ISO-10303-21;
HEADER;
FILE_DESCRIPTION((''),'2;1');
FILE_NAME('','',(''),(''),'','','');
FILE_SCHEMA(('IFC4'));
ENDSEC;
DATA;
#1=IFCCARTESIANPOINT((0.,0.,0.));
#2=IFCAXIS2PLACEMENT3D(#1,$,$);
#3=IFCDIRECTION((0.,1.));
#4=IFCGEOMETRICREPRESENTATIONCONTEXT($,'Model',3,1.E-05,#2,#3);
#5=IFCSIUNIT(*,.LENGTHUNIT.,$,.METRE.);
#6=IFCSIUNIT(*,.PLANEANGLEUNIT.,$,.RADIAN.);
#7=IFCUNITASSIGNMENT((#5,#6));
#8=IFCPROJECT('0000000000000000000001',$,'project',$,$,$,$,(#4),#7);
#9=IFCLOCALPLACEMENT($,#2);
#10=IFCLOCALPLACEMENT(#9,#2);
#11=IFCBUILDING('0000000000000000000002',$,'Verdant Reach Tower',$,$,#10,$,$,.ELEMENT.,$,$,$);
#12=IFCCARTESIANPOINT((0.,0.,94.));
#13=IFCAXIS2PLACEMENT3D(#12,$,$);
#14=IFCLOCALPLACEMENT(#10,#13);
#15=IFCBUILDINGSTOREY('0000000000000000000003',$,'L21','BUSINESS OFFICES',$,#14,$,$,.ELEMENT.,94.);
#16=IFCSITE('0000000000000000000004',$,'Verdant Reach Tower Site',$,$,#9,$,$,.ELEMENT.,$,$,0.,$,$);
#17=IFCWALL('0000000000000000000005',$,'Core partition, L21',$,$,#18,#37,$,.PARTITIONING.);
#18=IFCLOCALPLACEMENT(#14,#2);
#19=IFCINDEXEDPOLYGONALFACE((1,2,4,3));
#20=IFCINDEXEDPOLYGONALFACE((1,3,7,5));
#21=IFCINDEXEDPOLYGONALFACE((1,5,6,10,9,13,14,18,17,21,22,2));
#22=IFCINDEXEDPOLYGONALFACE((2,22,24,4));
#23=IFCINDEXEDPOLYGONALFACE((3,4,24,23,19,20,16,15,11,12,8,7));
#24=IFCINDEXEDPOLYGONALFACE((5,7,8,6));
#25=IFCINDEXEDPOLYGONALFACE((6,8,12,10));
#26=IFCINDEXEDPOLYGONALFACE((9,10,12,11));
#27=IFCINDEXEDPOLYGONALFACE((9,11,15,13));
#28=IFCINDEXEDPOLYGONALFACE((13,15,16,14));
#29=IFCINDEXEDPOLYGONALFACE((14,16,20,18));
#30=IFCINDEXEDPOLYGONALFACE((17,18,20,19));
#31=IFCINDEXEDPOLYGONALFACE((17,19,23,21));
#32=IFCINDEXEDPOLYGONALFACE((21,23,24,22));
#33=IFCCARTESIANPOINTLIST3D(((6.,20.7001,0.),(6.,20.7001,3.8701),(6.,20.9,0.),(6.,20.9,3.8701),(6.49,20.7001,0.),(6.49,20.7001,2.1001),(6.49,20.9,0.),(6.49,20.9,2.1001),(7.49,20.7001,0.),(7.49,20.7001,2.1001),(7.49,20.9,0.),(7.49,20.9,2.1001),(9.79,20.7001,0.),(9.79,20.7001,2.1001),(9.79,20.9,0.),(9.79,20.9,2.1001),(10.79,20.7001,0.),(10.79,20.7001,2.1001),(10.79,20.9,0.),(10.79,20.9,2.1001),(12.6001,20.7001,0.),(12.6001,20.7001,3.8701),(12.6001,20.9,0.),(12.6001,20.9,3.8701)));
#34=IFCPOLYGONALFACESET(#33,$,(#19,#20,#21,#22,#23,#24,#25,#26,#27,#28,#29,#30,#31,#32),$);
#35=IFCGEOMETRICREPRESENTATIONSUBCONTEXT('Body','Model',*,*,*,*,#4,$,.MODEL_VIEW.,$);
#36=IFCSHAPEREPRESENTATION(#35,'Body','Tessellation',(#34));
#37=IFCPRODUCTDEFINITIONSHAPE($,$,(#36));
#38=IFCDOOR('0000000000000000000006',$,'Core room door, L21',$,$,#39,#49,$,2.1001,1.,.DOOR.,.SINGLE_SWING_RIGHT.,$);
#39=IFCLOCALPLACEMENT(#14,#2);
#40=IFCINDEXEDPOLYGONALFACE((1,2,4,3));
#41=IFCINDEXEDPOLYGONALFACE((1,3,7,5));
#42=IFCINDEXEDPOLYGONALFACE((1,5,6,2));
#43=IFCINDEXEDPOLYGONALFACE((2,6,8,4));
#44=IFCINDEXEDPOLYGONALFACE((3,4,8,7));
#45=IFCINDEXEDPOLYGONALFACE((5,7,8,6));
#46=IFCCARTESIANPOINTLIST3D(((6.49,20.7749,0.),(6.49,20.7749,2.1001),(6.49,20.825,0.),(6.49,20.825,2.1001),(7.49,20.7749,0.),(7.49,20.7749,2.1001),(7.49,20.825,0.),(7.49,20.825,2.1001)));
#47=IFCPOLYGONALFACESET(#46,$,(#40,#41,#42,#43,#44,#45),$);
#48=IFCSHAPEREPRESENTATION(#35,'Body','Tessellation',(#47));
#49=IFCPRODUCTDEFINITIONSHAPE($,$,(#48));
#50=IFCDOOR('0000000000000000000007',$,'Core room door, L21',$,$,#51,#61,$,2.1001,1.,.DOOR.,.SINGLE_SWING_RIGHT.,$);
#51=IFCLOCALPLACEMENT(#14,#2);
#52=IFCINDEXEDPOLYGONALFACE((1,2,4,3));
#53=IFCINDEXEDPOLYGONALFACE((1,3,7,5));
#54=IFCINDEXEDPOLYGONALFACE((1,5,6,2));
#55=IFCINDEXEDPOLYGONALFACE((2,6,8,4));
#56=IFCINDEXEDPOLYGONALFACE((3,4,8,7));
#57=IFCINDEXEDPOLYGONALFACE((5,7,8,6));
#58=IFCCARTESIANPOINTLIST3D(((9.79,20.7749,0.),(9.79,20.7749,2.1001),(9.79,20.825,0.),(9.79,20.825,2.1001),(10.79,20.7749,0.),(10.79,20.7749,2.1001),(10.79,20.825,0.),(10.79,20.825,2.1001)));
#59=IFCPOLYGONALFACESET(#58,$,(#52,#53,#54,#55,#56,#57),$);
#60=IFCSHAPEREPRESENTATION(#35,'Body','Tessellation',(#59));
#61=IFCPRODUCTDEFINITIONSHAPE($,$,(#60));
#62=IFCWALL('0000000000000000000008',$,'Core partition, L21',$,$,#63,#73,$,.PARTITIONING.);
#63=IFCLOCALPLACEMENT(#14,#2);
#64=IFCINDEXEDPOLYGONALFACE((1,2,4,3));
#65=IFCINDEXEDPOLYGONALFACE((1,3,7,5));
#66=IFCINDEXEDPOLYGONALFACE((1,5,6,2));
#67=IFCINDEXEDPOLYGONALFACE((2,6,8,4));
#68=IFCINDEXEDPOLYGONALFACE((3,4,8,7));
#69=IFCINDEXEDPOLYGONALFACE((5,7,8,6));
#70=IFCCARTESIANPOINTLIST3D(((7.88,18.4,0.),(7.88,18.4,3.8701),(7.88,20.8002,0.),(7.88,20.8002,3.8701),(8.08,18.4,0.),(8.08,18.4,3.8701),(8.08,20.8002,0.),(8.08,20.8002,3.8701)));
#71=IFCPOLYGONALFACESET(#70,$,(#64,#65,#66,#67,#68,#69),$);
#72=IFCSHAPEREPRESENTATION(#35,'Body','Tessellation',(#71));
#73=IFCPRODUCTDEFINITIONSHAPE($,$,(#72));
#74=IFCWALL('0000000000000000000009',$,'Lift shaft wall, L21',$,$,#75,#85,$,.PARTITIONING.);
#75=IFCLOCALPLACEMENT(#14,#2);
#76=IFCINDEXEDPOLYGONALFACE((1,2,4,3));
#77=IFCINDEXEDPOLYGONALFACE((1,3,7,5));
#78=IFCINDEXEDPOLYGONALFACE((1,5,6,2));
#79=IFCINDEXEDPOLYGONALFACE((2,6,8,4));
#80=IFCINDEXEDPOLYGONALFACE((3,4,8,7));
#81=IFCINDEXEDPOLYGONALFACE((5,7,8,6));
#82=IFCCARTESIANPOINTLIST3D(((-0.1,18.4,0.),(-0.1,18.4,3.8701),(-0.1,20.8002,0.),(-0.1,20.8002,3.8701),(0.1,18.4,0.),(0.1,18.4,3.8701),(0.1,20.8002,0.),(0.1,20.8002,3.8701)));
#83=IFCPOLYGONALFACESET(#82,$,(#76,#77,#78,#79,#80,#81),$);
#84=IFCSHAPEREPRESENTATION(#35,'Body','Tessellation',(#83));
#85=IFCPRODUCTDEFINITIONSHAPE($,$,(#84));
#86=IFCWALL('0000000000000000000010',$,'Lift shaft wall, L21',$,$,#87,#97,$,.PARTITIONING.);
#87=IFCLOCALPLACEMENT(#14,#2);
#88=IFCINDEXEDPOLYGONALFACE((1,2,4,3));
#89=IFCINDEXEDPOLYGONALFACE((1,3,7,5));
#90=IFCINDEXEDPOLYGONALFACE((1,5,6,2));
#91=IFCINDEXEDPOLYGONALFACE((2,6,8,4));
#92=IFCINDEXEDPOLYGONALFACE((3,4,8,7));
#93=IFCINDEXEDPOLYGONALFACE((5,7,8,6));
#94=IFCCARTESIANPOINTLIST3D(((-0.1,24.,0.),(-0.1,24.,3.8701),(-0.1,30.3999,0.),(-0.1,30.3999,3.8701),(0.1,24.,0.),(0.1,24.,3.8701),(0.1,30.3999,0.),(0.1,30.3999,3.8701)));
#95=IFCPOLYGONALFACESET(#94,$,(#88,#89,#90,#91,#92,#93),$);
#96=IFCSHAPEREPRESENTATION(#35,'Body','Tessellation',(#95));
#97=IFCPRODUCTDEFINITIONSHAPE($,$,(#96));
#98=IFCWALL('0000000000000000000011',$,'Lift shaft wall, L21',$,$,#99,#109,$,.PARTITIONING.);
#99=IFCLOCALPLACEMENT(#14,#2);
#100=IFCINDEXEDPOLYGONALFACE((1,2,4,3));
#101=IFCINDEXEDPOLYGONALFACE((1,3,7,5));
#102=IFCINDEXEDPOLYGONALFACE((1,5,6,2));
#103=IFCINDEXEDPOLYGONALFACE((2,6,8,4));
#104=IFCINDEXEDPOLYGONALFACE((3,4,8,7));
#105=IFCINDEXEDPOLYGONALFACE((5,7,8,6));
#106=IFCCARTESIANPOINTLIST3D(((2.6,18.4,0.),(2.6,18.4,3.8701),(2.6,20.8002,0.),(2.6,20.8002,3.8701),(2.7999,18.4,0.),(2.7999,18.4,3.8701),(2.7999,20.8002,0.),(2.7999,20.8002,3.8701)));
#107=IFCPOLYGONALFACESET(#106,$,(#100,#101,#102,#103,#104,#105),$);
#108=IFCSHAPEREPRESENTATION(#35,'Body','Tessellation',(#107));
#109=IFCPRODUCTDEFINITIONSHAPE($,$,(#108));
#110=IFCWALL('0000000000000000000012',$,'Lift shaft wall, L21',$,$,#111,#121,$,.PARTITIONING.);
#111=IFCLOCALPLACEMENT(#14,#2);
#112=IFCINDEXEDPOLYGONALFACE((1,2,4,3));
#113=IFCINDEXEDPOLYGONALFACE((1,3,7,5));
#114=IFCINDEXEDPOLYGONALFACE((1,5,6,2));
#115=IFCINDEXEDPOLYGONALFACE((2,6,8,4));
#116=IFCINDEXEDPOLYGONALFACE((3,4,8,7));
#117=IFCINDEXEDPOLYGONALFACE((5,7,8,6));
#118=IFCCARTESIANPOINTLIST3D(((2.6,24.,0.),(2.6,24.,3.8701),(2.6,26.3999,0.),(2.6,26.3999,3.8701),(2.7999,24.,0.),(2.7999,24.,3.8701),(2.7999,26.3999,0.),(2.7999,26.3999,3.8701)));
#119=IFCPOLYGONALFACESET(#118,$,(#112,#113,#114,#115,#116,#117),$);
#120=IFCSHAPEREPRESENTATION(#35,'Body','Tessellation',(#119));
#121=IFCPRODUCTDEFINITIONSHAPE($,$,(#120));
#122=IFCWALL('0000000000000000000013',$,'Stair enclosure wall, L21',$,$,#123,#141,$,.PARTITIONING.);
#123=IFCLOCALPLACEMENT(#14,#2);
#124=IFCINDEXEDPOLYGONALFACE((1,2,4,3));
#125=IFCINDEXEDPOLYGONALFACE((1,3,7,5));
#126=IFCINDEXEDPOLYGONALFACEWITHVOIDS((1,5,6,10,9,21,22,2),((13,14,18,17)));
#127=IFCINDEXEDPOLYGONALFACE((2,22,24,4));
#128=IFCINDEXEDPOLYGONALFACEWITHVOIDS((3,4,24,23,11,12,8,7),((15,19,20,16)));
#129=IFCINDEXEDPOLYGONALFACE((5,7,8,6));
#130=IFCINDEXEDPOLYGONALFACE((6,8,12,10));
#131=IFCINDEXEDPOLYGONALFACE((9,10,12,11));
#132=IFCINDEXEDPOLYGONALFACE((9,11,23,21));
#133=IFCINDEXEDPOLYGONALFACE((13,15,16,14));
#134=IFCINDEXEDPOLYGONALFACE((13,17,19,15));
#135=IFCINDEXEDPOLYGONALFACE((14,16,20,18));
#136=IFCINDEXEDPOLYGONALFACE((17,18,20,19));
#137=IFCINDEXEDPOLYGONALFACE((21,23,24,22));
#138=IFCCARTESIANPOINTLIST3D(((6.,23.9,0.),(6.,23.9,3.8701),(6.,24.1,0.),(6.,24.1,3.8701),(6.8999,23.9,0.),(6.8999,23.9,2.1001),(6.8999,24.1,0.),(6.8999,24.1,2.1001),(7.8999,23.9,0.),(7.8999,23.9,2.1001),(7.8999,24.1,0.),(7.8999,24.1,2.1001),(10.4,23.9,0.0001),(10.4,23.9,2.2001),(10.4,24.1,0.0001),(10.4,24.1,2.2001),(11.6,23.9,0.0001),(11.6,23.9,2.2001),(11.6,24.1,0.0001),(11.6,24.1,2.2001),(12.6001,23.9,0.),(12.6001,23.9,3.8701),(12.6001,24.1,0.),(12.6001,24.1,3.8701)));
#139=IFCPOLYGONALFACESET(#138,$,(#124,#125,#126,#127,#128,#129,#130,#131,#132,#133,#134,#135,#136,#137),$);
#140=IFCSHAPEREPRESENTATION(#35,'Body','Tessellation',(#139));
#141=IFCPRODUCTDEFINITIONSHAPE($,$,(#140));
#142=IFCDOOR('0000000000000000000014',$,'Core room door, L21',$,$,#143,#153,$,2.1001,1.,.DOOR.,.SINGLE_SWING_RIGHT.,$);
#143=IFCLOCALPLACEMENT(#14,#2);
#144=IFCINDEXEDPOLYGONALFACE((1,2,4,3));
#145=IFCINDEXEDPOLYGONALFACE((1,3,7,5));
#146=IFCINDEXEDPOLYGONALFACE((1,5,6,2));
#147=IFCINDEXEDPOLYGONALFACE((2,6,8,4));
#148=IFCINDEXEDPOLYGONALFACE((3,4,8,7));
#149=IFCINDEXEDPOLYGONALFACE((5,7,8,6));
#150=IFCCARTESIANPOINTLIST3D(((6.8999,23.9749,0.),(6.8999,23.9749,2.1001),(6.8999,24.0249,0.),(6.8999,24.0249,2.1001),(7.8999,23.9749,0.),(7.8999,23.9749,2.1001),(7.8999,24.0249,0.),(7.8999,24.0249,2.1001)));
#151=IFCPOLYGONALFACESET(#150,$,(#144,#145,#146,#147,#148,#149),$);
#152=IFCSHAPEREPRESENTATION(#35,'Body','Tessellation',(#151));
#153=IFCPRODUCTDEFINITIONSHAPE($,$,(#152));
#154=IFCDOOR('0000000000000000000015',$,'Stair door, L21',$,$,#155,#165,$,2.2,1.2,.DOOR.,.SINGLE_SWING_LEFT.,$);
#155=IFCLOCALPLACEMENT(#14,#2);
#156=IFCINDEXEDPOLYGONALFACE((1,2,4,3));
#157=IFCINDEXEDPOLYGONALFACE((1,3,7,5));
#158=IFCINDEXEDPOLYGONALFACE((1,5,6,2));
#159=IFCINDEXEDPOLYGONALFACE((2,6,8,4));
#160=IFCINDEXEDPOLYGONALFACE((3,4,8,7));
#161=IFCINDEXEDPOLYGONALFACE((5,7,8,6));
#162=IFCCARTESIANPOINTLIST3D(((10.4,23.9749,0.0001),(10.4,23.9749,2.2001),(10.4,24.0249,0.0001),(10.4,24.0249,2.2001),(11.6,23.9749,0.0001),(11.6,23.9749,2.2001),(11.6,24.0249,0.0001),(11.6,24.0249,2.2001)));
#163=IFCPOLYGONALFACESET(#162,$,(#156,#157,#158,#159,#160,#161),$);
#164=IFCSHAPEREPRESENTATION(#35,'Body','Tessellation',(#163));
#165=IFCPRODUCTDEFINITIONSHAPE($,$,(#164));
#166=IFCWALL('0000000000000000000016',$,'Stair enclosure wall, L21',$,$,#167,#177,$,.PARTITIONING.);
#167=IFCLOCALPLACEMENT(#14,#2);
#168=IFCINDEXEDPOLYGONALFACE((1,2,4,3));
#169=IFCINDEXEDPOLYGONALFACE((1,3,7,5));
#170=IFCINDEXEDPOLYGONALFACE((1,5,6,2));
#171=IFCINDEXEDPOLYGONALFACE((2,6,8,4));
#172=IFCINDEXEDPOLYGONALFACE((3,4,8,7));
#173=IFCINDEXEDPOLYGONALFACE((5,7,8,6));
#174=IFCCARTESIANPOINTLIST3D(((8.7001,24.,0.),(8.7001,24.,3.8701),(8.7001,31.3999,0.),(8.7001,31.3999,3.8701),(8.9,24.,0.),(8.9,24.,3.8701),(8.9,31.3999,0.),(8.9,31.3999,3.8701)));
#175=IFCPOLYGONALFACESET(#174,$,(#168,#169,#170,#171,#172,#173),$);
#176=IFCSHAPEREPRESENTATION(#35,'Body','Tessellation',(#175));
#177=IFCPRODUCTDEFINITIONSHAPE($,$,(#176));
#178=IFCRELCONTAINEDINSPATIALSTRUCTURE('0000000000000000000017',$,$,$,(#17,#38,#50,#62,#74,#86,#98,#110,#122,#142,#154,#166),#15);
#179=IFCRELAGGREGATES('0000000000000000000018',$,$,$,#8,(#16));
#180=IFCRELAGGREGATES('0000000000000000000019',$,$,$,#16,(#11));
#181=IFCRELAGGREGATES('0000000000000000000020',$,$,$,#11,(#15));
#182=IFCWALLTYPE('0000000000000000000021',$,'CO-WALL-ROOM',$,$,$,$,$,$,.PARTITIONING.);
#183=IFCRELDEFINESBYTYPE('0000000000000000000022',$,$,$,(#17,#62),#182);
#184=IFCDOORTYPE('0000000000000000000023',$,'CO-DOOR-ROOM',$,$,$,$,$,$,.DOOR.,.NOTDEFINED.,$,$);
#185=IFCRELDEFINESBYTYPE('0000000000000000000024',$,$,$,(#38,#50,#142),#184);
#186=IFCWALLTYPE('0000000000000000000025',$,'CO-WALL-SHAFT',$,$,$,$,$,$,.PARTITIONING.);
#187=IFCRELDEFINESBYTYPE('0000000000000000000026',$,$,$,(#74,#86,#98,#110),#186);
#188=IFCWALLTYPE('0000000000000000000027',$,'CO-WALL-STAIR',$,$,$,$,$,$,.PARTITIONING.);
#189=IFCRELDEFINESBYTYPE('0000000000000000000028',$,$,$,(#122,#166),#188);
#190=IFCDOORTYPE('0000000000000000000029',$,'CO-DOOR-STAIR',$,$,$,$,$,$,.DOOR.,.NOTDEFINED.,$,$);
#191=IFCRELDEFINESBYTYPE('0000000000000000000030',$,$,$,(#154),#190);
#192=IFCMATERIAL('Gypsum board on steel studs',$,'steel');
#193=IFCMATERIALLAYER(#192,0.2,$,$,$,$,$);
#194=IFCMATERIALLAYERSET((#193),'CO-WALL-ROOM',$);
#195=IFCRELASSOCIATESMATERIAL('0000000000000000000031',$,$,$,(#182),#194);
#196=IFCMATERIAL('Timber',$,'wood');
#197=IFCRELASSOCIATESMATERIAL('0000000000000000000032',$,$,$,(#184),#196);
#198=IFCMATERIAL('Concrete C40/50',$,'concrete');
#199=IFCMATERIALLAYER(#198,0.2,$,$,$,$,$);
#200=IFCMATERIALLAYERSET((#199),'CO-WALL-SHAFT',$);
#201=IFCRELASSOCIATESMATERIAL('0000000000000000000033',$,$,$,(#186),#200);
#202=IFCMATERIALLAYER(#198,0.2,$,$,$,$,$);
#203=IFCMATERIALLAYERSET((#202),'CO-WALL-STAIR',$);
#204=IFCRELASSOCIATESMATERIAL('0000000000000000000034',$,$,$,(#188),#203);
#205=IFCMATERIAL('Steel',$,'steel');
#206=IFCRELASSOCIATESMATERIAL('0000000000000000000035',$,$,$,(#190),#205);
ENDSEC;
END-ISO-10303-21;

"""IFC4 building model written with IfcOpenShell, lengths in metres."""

from ifc_helpers import new_model, si_unit, direction, frame, frame_2d, origin, place, context, subcontext, project, spatial, rectangle, extrude, material, layer, layer_set, type_object, element, fill, save


model = new_model("IFC4")

# Units and contexts
model_context = context("Model", 3, precision=1e-05, world=origin(), true_north=direction((0.0, 1.0)))
body_context = subcontext(model_context, "Body", "Model", "MODEL_VIEW")
ifc_project = project(units=[si_unit("LENGTHUNIT", "METRE"), si_unit("PLANEANGLEUNIT", "RADIAN")], contexts=[model_context])

# Site, building, storey
site_placement = place(None, origin())
site = spatial("IfcSite", under=ifc_project, at=site_placement, Name="Verdant Reach Tower Site", CompositionType="ELEMENT", RefElevation=0.0)
building_placement = place(site_placement, origin())
building = spatial("IfcBuilding", under=site, at=building_placement, Name="Verdant Reach Tower", CompositionType="ELEMENT")
storey_placement = place(building_placement, frame((0.0, 0.0, 94.0)))
storey = spatial("IfcBuildingStorey", under=building, at=storey_placement, Name="L21", Description="BUSINESS OFFICES", CompositionType="ELEMENT", Elevation=94.0)

# Wall, openings, doors
ifc_material_1 = material(Name="Gypsum board on steel studs", Category="steel")
ifc_layer_1 = layer(ifc_material_1, 0.2)
ifc_layer_set_1 = layer_set([ifc_layer_1], Name="CO-WALL-ROOM")
wall_type_1 = type_object("IfcWallType", Name="CO-WALL-ROOM", PredefinedType="PARTITIONING", material=ifc_layer_set_1)
wall_1_placement = place(storey_placement, frame((6.0, 20.8, 0.0), z_axis=(0.0, 0.0, 1.0), x_axis=(1.0, 0.0, 0.0)))
wall_1 = element("IfcWall", 1, at=wall_1_placement, inside=storey, type_object=wall_type_1, Name="Core partition, L21", PredefinedType="PARTITIONING", context=body_context, shape_type="SweptSolid", body=[
    extrude(rectangle(XDim=6.6001, YDim=0.2, at=frame_2d((3.3, 0.0))), origin(), (0.0, 0.0, 1.0), 3.8701),
])
opening_1_placement = place(wall_1_placement, frame((0.49, 0.0, 0.0)))
opening_1 = element("IfcOpeningElement", 2, at=opening_1_placement, cuts=wall_1, PredefinedType="OPENING", context=body_context, shape_type="SweptSolid", body=[
    extrude(rectangle(XDim=1.0, YDim=2.1001, at=frame_2d((0.5, 1.05))), frame((0.0, 0.1099, 0.0), z_axis=(0.0, -1.0, 0.0), x_axis=(1.0, 0.0, 0.0)), (0.0, 0.0, 1.0), 0.22),
])
opening_2_placement = place(wall_1_placement, frame((3.79, 0.0, 0.0)))
opening_2 = element("IfcOpeningElement", 3, at=opening_2_placement, cuts=wall_1, PredefinedType="OPENING", context=body_context, shape_type="SweptSolid", body=[
    extrude(rectangle(XDim=1.0, YDim=2.1001, at=frame_2d((0.5, 1.05))), frame((0.0, 0.1099, 0.0), z_axis=(0.0, -1.0, 0.0), x_axis=(1.0, 0.0, 0.0)), (0.0, 0.0, 1.0), 0.22),
])
ifc_material_2 = material(Name="Timber", Category="wood")
door_type_1 = type_object("IfcDoorType", Name="CO-DOOR-ROOM", OperationType="NOTDEFINED", PredefinedType="DOOR", material=ifc_material_2)
door_1_placement = place(opening_1_placement, origin())
door_1 = element("IfcDoor", 4, at=door_1_placement, inside=storey, type_object=door_type_1, Name="Core room door, L21", OperationType="SINGLE_SWING_RIGHT", OverallHeight=2.1001, OverallWidth=1.0, PredefinedType="DOOR", context=body_context, shape_type="SweptSolid", body=[
    extrude(rectangle(XDim=1.0, YDim=2.1001, at=frame_2d((0.5, 1.05))), frame((0.0, 0.0249, 0.0), z_axis=(0.0, -1.0, 0.0), x_axis=(1.0, 0.0, 0.0)), (0.0, 0.0, 1.0), 0.05),
])
fill(opening_1, door_1)
door_2_placement = place(opening_2_placement, origin())
door_2 = element("IfcDoor", 5, at=door_2_placement, inside=storey, type_object=door_type_1, Name="Core room door, L21", OperationType="SINGLE_SWING_RIGHT", OverallHeight=2.1001, OverallWidth=1.0, PredefinedType="DOOR", context=body_context, shape_type="SweptSolid", body=[
    extrude(rectangle(XDim=1.0, YDim=2.1001, at=frame_2d((0.5, 1.05))), frame((0.0, 0.0249, 0.0), z_axis=(0.0, -1.0, 0.0), x_axis=(1.0, 0.0, 0.0)), (0.0, 0.0, 1.0), 0.05),
])
fill(opening_2, door_2)

# Walls
wall_2_placement = place(storey_placement, frame((7.98, 18.3999, 0.0), z_axis=(0.0, 0.0, 1.0), x_axis=(0.0, 1.0, 0.0)))
element("IfcWall", 6, at=wall_2_placement, inside=storey, type_object=wall_type_1, Name="Core partition, L21", PredefinedType="PARTITIONING", context=body_context, shape_type="SweptSolid", body=[
    extrude(rectangle(XDim=2.4001, YDim=0.2, at=frame_2d((1.2002, 0.0))), origin(), (0.0, 0.0, 1.0), 3.8701),
])
ifc_material_3 = material(Name="Concrete C40/50", Category="concrete")
ifc_layer_2 = layer(ifc_material_3, 0.2)
ifc_layer_set_2 = layer_set([ifc_layer_2], Name="CO-WALL-SHAFT")
wall_type_2 = type_object("IfcWallType", Name="CO-WALL-SHAFT", PredefinedType="PARTITIONING", material=ifc_layer_set_2)
wall_3_placement = place(storey_placement, frame((0.0, 18.3999, 0.0), z_axis=(0.0, 0.0, 1.0), x_axis=(0.0, 1.0, 0.0)))
element("IfcWall", 7, at=wall_3_placement, inside=storey, type_object=wall_type_2, Name="Lift shaft wall, L21", PredefinedType="PARTITIONING", context=body_context, shape_type="SweptSolid", body=[
    extrude(rectangle(XDim=2.4001, YDim=0.2, at=frame_2d((1.2002, 0.0))), origin(), (0.0, 0.0, 1.0), 3.8701),
])
wall_4_placement = place(storey_placement, frame((0.0, 24.0, 0.0), z_axis=(0.0, 0.0, 1.0), x_axis=(0.0, 1.0, 0.0)))
element("IfcWall", 8, at=wall_4_placement, inside=storey, type_object=wall_type_2, Name="Lift shaft wall, L21", PredefinedType="PARTITIONING", context=body_context, shape_type="SweptSolid", body=[
    extrude(rectangle(XDim=6.3999, YDim=0.2, at=frame_2d((3.2, 0.0))), origin(), (0.0, 0.0, 1.0), 3.8701),
])
wall_5_placement = place(storey_placement, frame((2.7, 18.3999, 0.0), z_axis=(0.0, 0.0, 1.0), x_axis=(0.0, 1.0, 0.0)))
element("IfcWall", 9, at=wall_5_placement, inside=storey, type_object=wall_type_2, Name="Lift shaft wall, L21", PredefinedType="PARTITIONING", context=body_context, shape_type="SweptSolid", body=[
    extrude(rectangle(XDim=2.4001, YDim=0.2, at=frame_2d((1.2002, 0.0))), origin(), (0.0, 0.0, 1.0), 3.8701),
])
wall_6_placement = place(storey_placement, frame((2.7, 24.0, 0.0), z_axis=(0.0, 0.0, 1.0), x_axis=(0.0, 1.0, 0.0)))
element("IfcWall", 10, at=wall_6_placement, inside=storey, type_object=wall_type_2, Name="Lift shaft wall, L21", PredefinedType="PARTITIONING", context=body_context, shape_type="SweptSolid", body=[
    extrude(rectangle(XDim=2.3999, YDim=0.2, at=frame_2d((1.2, 0.0))), origin(), (0.0, 0.0, 1.0), 3.8701),
])

# Wall, openings, doors
ifc_layer_3 = layer(ifc_material_3, 0.2)
ifc_layer_set_3 = layer_set([ifc_layer_3], Name="CO-WALL-STAIR")
wall_type_3 = type_object("IfcWallType", Name="CO-WALL-STAIR", PredefinedType="PARTITIONING", material=ifc_layer_set_3)
wall_7_placement = place(storey_placement, frame((6.0, 24.0, 0.0), z_axis=(0.0, 0.0, 1.0), x_axis=(1.0, 0.0, 0.0)))
wall_7 = element("IfcWall", 11, at=wall_7_placement, inside=storey, type_object=wall_type_3, Name="Stair enclosure wall, L21", PredefinedType="PARTITIONING", context=body_context, shape_type="SweptSolid", body=[
    extrude(rectangle(XDim=6.6001, YDim=0.2, at=frame_2d((3.3, 0.0))), origin(), (0.0, 0.0, 1.0), 3.8701),
])
opening_3_placement = place(wall_7_placement, frame((0.8999, 0.0, 0.0)))
opening_3 = element("IfcOpeningElement", 12, at=opening_3_placement, cuts=wall_7, PredefinedType="OPENING", context=body_context, shape_type="SweptSolid", body=[
    extrude(rectangle(XDim=1.0, YDim=2.1001, at=frame_2d((0.5, 1.05))), frame((0.0, 0.1099, 0.0), z_axis=(0.0, -1.0, 0.0), x_axis=(1.0, 0.0, 0.0)), (0.0, 0.0, 1.0), 0.22),
])
opening_4_placement = place(wall_7_placement, frame((4.3999, 0.0, 0.0)))
opening_4 = element("IfcOpeningElement", 13, at=opening_4_placement, cuts=wall_7, PredefinedType="OPENING", context=body_context, shape_type="SweptSolid", body=[
    extrude(rectangle(XDim=1.2, YDim=2.2, at=frame_2d((0.6001, 1.1001))), frame((0.0, 0.1099, 0.0), z_axis=(0.0, -1.0, 0.0), x_axis=(1.0, 0.0, 0.0)), (0.0, 0.0, 1.0), 0.22),
])
door_3_placement = place(opening_3_placement, origin())
door_3 = element("IfcDoor", 14, at=door_3_placement, inside=storey, type_object=door_type_1, Name="Core room door, L21", OperationType="SINGLE_SWING_RIGHT", OverallHeight=2.1001, OverallWidth=1.0, PredefinedType="DOOR", context=body_context, shape_type="SweptSolid", body=[
    extrude(rectangle(XDim=1.0, YDim=2.1001, at=frame_2d((0.5, 1.05))), frame((0.0, 0.0249, 0.0), z_axis=(0.0, -1.0, 0.0), x_axis=(1.0, 0.0, 0.0)), (0.0, 0.0, 1.0), 0.05),
])
fill(opening_3, door_3)
ifc_material_4 = material(Name="Steel", Category="steel")
door_type_2 = type_object("IfcDoorType", Name="CO-DOOR-STAIR", OperationType="NOTDEFINED", PredefinedType="DOOR", material=ifc_material_4)
door_4_placement = place(opening_4_placement, origin())
door_4 = element("IfcDoor", 15, at=door_4_placement, inside=storey, type_object=door_type_2, Name="Stair door, L21", OperationType="SINGLE_SWING_LEFT", OverallHeight=2.2, OverallWidth=1.2, PredefinedType="DOOR", context=body_context, shape_type="SweptSolid", body=[
    extrude(rectangle(XDim=1.2, YDim=2.2, at=frame_2d((0.6001, 1.1001))), frame((0.0, 0.0249, 0.0), z_axis=(0.0, -1.0, 0.0), x_axis=(1.0, 0.0, 0.0)), (0.0, 0.0, 1.0), 0.05),
])
fill(opening_4, door_4)

# Wall
wall_8_placement = place(storey_placement, frame((8.8, 24.0, 0.0), z_axis=(0.0, 0.0, 1.0), x_axis=(0.0, 1.0, 0.0)))
element("IfcWall", 16, at=wall_8_placement, inside=storey, type_object=wall_type_3, Name="Stair enclosure wall, L21", PredefinedType="PARTITIONING", context=body_context, shape_type="SweptSolid", body=[
    extrude(rectangle(XDim=7.3999, YDim=0.2, at=frame_2d((3.7, 0.0))), origin(), (0.0, 0.0, 1.0), 3.8701),
])

save(model, "model.ifc")
